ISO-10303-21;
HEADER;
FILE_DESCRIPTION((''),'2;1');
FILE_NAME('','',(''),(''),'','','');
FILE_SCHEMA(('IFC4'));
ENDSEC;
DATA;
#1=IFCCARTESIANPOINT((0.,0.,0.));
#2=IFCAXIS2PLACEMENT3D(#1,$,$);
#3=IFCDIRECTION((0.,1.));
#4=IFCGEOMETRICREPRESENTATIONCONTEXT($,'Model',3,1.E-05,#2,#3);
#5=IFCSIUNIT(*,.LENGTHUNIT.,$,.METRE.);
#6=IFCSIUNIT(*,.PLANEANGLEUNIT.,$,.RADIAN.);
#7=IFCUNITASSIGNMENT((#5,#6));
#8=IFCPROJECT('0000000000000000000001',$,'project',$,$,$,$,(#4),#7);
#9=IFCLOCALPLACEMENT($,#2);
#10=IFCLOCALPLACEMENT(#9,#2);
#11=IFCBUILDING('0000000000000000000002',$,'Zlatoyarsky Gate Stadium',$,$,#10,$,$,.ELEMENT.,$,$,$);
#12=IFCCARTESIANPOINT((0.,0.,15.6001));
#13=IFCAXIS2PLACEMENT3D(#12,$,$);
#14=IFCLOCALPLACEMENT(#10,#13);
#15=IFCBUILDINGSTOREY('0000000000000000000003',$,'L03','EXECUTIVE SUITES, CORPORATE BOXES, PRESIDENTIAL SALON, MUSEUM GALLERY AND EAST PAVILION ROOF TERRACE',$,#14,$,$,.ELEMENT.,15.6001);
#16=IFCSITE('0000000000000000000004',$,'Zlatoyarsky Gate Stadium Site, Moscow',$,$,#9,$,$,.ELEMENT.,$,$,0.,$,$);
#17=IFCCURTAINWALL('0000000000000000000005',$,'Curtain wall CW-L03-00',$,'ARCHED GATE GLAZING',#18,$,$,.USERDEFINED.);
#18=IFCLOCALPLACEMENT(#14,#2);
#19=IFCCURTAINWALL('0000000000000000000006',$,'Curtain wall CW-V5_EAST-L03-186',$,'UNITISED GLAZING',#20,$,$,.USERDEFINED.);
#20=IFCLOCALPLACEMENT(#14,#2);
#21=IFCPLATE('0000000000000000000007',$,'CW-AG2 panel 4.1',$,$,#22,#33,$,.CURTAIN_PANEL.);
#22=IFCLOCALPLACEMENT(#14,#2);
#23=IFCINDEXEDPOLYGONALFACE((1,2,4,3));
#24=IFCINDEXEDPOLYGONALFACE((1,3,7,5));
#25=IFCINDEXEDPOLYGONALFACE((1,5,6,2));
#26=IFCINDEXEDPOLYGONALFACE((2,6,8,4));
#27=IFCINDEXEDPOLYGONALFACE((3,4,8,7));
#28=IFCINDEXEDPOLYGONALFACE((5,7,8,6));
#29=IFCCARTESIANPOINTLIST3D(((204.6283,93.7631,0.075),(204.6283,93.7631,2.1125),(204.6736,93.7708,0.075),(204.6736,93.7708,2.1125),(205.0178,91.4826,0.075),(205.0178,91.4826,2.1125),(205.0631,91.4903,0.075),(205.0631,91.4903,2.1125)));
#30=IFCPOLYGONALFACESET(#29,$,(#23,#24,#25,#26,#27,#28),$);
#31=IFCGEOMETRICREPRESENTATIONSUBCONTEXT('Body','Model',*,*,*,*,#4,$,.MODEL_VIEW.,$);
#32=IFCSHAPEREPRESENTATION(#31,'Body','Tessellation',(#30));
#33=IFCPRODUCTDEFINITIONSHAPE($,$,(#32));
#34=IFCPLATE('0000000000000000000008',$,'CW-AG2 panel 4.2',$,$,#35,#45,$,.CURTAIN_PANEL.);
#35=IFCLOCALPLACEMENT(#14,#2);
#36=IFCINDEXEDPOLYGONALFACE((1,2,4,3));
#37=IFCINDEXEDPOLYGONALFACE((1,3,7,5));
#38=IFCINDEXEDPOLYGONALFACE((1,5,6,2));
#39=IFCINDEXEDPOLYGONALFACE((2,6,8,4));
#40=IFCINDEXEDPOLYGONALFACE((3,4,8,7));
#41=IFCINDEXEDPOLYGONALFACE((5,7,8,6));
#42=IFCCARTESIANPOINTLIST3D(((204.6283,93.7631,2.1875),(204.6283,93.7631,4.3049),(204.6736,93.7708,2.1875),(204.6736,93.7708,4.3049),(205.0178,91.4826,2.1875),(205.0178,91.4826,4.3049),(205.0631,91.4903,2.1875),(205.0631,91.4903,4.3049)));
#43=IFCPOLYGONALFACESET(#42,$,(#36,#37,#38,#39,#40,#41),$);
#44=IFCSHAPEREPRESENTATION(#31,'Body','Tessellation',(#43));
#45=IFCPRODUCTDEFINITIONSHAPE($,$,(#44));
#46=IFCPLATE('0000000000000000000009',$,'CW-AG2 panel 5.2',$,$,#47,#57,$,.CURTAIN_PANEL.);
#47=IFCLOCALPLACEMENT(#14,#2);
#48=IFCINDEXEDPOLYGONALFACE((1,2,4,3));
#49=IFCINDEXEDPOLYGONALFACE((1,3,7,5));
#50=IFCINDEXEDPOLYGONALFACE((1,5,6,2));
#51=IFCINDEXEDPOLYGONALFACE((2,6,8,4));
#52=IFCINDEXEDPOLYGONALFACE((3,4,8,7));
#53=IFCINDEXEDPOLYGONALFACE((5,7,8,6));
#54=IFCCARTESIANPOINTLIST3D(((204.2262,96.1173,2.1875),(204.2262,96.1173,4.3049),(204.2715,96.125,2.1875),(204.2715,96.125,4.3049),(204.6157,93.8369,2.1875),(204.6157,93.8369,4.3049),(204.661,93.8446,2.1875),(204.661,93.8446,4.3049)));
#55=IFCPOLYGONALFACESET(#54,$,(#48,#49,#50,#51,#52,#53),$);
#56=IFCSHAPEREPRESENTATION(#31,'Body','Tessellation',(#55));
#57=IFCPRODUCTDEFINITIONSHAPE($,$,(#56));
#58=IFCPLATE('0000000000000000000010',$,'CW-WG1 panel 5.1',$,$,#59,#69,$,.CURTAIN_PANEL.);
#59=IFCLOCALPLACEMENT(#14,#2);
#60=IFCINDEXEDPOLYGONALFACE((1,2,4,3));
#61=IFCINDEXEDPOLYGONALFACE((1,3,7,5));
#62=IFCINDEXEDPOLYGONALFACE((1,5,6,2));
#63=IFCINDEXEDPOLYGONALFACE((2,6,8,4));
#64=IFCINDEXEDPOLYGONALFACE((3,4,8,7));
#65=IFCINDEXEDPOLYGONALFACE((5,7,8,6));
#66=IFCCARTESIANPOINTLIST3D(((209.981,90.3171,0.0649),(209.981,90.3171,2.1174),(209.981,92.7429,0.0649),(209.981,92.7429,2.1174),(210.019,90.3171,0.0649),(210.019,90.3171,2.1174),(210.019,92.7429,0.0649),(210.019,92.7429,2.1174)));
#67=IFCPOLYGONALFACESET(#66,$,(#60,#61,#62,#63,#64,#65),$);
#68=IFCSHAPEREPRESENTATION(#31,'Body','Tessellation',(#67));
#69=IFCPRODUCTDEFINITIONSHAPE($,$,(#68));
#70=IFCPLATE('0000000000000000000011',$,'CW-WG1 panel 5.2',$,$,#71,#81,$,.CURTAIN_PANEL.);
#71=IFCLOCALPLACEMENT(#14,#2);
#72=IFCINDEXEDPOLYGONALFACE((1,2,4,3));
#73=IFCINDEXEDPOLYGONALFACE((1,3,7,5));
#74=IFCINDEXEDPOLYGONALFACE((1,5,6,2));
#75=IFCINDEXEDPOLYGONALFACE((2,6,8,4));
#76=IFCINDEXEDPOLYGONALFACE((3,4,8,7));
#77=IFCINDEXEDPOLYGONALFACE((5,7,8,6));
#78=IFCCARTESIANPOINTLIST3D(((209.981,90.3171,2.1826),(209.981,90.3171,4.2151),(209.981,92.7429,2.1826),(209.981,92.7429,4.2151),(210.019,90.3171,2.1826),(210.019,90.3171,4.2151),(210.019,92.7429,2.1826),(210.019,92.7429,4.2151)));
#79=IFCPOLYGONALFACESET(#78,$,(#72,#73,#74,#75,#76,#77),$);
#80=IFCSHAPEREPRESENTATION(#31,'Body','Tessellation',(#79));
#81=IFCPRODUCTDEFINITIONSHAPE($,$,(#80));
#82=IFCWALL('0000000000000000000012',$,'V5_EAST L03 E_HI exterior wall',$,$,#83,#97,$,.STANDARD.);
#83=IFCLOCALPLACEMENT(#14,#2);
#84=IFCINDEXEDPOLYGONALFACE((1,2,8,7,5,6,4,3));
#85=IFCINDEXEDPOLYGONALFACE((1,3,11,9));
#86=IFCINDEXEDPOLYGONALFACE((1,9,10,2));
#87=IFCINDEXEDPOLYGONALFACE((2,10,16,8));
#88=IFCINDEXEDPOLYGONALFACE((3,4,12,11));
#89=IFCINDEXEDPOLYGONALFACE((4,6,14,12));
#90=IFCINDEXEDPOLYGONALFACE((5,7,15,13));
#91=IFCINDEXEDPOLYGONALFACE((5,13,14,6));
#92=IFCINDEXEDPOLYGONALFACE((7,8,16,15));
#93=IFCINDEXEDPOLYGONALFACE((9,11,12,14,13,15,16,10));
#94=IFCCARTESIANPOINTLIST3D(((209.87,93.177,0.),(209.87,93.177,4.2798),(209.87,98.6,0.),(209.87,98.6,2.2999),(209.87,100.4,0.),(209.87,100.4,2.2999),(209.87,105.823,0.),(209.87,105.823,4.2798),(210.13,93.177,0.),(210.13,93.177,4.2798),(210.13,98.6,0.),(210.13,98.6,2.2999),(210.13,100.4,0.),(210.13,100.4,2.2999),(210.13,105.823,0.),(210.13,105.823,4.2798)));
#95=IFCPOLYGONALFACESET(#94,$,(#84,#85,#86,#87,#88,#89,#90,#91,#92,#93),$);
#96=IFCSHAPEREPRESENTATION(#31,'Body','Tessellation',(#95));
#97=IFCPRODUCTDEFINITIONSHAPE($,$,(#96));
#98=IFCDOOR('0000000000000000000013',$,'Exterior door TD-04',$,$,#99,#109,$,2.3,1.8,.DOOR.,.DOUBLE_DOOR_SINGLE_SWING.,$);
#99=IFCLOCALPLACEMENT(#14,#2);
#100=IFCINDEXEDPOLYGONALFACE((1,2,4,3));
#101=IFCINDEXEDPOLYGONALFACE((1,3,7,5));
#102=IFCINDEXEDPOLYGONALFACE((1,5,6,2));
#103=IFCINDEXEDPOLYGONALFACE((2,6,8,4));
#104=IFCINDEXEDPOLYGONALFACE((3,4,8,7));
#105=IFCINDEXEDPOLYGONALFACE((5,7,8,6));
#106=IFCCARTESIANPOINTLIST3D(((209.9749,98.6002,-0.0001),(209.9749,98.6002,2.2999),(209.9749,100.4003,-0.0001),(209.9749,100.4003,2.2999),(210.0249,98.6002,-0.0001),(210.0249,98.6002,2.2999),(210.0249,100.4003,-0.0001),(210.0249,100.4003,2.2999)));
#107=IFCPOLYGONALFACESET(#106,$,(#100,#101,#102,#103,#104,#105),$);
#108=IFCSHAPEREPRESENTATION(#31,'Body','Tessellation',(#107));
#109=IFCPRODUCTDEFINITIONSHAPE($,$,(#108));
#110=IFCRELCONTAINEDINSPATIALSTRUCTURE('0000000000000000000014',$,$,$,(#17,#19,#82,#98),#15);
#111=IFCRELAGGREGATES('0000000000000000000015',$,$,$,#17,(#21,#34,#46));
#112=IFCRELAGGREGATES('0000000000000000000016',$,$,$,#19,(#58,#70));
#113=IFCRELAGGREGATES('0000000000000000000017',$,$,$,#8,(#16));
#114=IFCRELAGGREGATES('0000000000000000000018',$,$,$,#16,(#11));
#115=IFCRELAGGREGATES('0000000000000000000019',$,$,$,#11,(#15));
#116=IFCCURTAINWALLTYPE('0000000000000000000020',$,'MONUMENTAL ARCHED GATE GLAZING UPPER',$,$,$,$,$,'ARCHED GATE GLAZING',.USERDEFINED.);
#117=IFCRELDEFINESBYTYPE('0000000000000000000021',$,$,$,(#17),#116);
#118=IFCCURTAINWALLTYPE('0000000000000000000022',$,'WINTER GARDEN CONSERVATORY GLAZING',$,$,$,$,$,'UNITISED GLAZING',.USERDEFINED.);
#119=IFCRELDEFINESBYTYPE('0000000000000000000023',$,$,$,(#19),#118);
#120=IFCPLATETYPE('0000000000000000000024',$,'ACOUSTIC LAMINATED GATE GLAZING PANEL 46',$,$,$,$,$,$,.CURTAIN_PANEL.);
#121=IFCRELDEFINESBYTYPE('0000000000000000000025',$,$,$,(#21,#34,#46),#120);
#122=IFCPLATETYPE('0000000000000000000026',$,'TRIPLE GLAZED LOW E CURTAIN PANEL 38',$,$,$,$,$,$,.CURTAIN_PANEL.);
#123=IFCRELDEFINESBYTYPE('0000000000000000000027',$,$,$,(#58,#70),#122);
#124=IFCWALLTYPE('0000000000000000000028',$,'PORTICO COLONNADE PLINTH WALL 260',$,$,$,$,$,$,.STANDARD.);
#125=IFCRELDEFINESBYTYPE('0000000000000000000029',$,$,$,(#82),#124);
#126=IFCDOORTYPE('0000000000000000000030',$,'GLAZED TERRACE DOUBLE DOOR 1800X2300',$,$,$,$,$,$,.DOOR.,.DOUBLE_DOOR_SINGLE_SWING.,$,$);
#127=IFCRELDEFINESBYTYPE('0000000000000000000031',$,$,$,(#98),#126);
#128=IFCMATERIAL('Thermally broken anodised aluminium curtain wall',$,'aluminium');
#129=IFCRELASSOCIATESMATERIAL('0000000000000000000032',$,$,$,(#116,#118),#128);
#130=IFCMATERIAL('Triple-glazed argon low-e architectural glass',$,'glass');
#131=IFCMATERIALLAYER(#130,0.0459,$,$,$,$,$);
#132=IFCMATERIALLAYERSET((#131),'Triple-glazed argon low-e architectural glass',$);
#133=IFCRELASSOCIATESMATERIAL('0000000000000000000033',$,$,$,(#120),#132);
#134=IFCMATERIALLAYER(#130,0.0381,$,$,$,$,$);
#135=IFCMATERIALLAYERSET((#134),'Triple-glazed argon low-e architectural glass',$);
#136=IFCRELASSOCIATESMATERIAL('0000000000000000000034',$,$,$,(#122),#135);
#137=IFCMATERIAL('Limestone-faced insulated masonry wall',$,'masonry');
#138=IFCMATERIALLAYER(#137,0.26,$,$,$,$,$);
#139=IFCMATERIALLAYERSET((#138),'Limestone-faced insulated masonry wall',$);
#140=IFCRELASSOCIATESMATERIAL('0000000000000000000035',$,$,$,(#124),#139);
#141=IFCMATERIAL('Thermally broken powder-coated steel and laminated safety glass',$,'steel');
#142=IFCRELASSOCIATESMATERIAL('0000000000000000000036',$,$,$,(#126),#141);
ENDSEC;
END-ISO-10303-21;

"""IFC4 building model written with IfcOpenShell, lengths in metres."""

from ifc_helpers import new_model, si_unit, direction, frame, frame_2d, origin, origin_2d, place, context, subcontext, project, spatial, rectangle, extrude, material, layer, layer_set, type_object, element, fill, aggregate, save


model = new_model("IFC4")

# Units and contexts
model_context = context("Model", 3, precision=1e-05, world=origin(), true_north=direction((0.0, 1.0)))
body_context = subcontext(model_context, "Body", "Model", "MODEL_VIEW")
ifc_project = project(units=[si_unit("LENGTHUNIT", "METRE"), si_unit("PLANEANGLEUNIT", "RADIAN")], contexts=[model_context])

# Site, building, storey
site_placement = place(None, origin())
site = spatial("IfcSite", under=ifc_project, at=site_placement, Name="Zlatoyarsky Gate Stadium Site, Moscow", CompositionType="ELEMENT", RefElevation=0.0)
building_placement = place(site_placement, origin())
building = spatial("IfcBuilding", under=site, at=building_placement, Name="Zlatoyarsky Gate Stadium", CompositionType="ELEMENT")
storey_placement = place(building_placement, frame((0.0, 0.0, 15.6001)))
storey = spatial("IfcBuildingStorey", under=building, at=storey_placement, Name="L03", Description="EXECUTIVE SUITES, CORPORATE BOXES, PRESIDENTIAL SALON, MUSEUM GALLERY AND EAST PAVILION ROOF TERRACE", CompositionType="ELEMENT", Elevation=15.6001)

# Curtain walls
ifc_material_1 = material(Name="Thermally broken anodised aluminium curtain wall", Category="aluminium")
curtain_wall_type_1 = type_object("IfcCurtainWallType", Name="MONUMENTAL ARCHED GATE GLAZING UPPER", ElementType="ARCHED GATE GLAZING", PredefinedType="USERDEFINED", material=ifc_material_1)
curtain_wall_1_placement = place(storey_placement, origin())
curtain_wall_1 = element("IfcCurtainWall", 1, at=curtain_wall_1_placement, inside=storey, type_object=curtain_wall_type_1, Name="Curtain wall CW-L03-00", ObjectType="ARCHED GATE GLAZING", PredefinedType="USERDEFINED")
curtain_wall_type_2 = type_object("IfcCurtainWallType", Name="WINTER GARDEN CONSERVATORY GLAZING", ElementType="UNITISED GLAZING", PredefinedType="USERDEFINED", material=ifc_material_1)
curtain_wall_2_placement = place(storey_placement, origin())
curtain_wall_2 = element("IfcCurtainWall", 2, at=curtain_wall_2_placement, inside=storey, type_object=curtain_wall_type_2, Name="Curtain wall CW-V5_EAST-L03-186", ObjectType="UNITISED GLAZING", PredefinedType="USERDEFINED")

# Plates
ifc_material_2 = material(Name="Triple-glazed argon low-e architectural glass", Category="glass")
ifc_layer_1 = layer(ifc_material_2, 0.0459)
ifc_layer_set_1 = layer_set([ifc_layer_1], Name="Triple-glazed argon low-e architectural glass")
plate_type_1 = type_object("IfcPlateType", Name="ACOUSTIC LAMINATED GATE GLAZING PANEL 46", PredefinedType="CURTAIN_PANEL", material=ifc_layer_set_1)
plate_1_placement = place(storey_placement, frame((204.8457, 92.6267, 0.075), z_axis=(0.0, 0.0, 1.0), x_axis=(-0.168354, 0.985727, 0.0)))
plate_1 = element("IfcPlate", 3, at=plate_1_placement, type_object=plate_type_1, Name="CW-AG2 panel 4.1", PredefinedType="CURTAIN_PANEL", context=body_context, shape_type="SweptSolid", body=[
    extrude(rectangle(XDim=2.3135, YDim=0.0459, at=origin_2d()), origin(), (0.0, 0.0, 1.0), 2.0376),
])
plate_2_placement = place(storey_placement, frame((204.8457, 92.6267, 2.1875), z_axis=(0.0, 0.0, 1.0), x_axis=(-0.168354, 0.985727, 0.0)))
plate_2 = element("IfcPlate", 4, at=plate_2_placement, type_object=plate_type_1, Name="CW-AG2 panel 4.2", PredefinedType="CURTAIN_PANEL", context=body_context, shape_type="SweptSolid", body=[
    extrude(rectangle(XDim=2.3135, YDim=0.0459, at=origin_2d()), origin(), (0.0, 0.0, 1.0), 2.1174),
])
plate_3_placement = place(storey_placement, frame((204.4436, 94.981, 2.1875), z_axis=(0.0, 0.0, 1.0), x_axis=(-0.168354, 0.985727, 0.0)))
plate_3 = element("IfcPlate", 5, at=plate_3_placement, type_object=plate_type_1, Name="CW-AG2 panel 5.2", PredefinedType="CURTAIN_PANEL", context=body_context, shape_type="SweptSolid", body=[
    extrude(rectangle(XDim=2.3135, YDim=0.0459, at=origin_2d()), origin(), (0.0, 0.0, 1.0), 2.1174),
])
aggregate(curtain_wall_1, [plate_1, plate_2, plate_3])
ifc_layer_2 = layer(ifc_material_2, 0.0381)
ifc_layer_set_2 = layer_set([ifc_layer_2], Name="Triple-glazed argon low-e architectural glass")
plate_type_2 = type_object("IfcPlateType", Name="TRIPLE GLAZED LOW E CURTAIN PANEL 38", PredefinedType="CURTAIN_PANEL", material=ifc_layer_set_2)
plate_4_placement = place(storey_placement, frame((210.0, 91.53, 0.0649), z_axis=(0.0, 0.0, 1.0), x_axis=(0.0, 1.0, 0.0)))
plate_4 = element("IfcPlate", 6, at=plate_4_placement, type_object=plate_type_2, Name="CW-WG1 panel 5.1", PredefinedType="CURTAIN_PANEL", context=body_context, shape_type="SweptSolid", body=[
    extrude(rectangle(XDim=2.4258, YDim=0.0381, at=origin_2d()), origin(), (0.0, 0.0, 1.0), 2.0525),
])
plate_5_placement = place(storey_placement, frame((210.0, 91.53, 2.1826), z_axis=(0.0, 0.0, 1.0), x_axis=(0.0, 1.0, 0.0)))
plate_5 = element("IfcPlate", 7, at=plate_5_placement, type_object=plate_type_2, Name="CW-WG1 panel 5.2", PredefinedType="CURTAIN_PANEL", context=body_context, shape_type="SweptSolid", body=[
    extrude(rectangle(XDim=2.4258, YDim=0.0381, at=origin_2d()), origin(), (0.0, 0.0, 1.0), 2.0325),
])
aggregate(curtain_wall_2, [plate_4, plate_5])

# Wall, opening, door
ifc_material_3 = material(Name="Limestone-faced insulated masonry wall", Category="masonry")
ifc_layer_3 = layer(ifc_material_3, 0.26)
ifc_layer_set_3 = layer_set([ifc_layer_3], Name="Limestone-faced insulated masonry wall")
wall_type = type_object("IfcWallType", Name="PORTICO COLONNADE PLINTH WALL 260", PredefinedType="STANDARD", material=ifc_layer_set_3)
wall_placement = place(storey_placement, frame((210.0, 93.177, 0.0), z_axis=(0.0, 0.0, 1.0), x_axis=(0.0, 1.0, 0.0)))
wall = element("IfcWall", 8, at=wall_placement, inside=storey, type_object=wall_type, Name="V5_EAST L03 E_HI exterior wall", PredefinedType="STANDARD", context=body_context, shape_type="SweptSolid", body=[
    extrude(rectangle(XDim=12.646, YDim=0.26, at=frame_2d((6.323, 0.0))), origin(), (0.0, 0.0, 1.0), 4.2798),
])
opening_placement = place(wall_placement, frame((5.4231, 0.0, 0.0)))
opening = element("IfcOpeningElement", 9, at=opening_placement, cuts=wall, PredefinedType="OPENING", context=body_context, shape_type="SweptSolid", body=[
    extrude(rectangle(XDim=1.8, YDim=2.3, at=frame_2d((0.8999, 1.1499))), frame((0.0, 0.1399, 0.0), z_axis=(0.0, -1.0, 0.0), x_axis=(1.0, 0.0, 0.0)), (0.0, 0.0, 1.0), 0.28),
])
ifc_material_4 = material(Name="Thermally broken powder-coated steel and laminated safety glass", Category="steel")
door_type = type_object("IfcDoorType", Name="GLAZED TERRACE DOUBLE DOOR 1800X2300", OperationType="DOUBLE_DOOR_SINGLE_SWING", PredefinedType="DOOR", material=ifc_material_4)
door_placement = place(opening_placement, frame((1.8, 0.0, 0.0), z_axis=(0.0, 0.0, 1.0), x_axis=(-1.0, 0.0, 0.0)))
door = element("IfcDoor", 10, at=door_placement, inside=storey, type_object=door_type, Name="Exterior door TD-04", OperationType="DOUBLE_DOOR_SINGLE_SWING", OverallHeight=2.3, OverallWidth=1.8, PredefinedType="DOOR", context=body_context, shape_type="SweptSolid", body=[
    extrude(rectangle(XDim=1.8, YDim=2.3, at=frame_2d((0.8999, 1.1499))), frame((0.0, 0.0249, 0.0), z_axis=(0.0, -1.0, 0.0), x_axis=(1.0, 0.0, 0.0)), (0.0, 0.0, 1.0), 0.05),
])
fill(opening, door)

save(model, "model.ifc")
